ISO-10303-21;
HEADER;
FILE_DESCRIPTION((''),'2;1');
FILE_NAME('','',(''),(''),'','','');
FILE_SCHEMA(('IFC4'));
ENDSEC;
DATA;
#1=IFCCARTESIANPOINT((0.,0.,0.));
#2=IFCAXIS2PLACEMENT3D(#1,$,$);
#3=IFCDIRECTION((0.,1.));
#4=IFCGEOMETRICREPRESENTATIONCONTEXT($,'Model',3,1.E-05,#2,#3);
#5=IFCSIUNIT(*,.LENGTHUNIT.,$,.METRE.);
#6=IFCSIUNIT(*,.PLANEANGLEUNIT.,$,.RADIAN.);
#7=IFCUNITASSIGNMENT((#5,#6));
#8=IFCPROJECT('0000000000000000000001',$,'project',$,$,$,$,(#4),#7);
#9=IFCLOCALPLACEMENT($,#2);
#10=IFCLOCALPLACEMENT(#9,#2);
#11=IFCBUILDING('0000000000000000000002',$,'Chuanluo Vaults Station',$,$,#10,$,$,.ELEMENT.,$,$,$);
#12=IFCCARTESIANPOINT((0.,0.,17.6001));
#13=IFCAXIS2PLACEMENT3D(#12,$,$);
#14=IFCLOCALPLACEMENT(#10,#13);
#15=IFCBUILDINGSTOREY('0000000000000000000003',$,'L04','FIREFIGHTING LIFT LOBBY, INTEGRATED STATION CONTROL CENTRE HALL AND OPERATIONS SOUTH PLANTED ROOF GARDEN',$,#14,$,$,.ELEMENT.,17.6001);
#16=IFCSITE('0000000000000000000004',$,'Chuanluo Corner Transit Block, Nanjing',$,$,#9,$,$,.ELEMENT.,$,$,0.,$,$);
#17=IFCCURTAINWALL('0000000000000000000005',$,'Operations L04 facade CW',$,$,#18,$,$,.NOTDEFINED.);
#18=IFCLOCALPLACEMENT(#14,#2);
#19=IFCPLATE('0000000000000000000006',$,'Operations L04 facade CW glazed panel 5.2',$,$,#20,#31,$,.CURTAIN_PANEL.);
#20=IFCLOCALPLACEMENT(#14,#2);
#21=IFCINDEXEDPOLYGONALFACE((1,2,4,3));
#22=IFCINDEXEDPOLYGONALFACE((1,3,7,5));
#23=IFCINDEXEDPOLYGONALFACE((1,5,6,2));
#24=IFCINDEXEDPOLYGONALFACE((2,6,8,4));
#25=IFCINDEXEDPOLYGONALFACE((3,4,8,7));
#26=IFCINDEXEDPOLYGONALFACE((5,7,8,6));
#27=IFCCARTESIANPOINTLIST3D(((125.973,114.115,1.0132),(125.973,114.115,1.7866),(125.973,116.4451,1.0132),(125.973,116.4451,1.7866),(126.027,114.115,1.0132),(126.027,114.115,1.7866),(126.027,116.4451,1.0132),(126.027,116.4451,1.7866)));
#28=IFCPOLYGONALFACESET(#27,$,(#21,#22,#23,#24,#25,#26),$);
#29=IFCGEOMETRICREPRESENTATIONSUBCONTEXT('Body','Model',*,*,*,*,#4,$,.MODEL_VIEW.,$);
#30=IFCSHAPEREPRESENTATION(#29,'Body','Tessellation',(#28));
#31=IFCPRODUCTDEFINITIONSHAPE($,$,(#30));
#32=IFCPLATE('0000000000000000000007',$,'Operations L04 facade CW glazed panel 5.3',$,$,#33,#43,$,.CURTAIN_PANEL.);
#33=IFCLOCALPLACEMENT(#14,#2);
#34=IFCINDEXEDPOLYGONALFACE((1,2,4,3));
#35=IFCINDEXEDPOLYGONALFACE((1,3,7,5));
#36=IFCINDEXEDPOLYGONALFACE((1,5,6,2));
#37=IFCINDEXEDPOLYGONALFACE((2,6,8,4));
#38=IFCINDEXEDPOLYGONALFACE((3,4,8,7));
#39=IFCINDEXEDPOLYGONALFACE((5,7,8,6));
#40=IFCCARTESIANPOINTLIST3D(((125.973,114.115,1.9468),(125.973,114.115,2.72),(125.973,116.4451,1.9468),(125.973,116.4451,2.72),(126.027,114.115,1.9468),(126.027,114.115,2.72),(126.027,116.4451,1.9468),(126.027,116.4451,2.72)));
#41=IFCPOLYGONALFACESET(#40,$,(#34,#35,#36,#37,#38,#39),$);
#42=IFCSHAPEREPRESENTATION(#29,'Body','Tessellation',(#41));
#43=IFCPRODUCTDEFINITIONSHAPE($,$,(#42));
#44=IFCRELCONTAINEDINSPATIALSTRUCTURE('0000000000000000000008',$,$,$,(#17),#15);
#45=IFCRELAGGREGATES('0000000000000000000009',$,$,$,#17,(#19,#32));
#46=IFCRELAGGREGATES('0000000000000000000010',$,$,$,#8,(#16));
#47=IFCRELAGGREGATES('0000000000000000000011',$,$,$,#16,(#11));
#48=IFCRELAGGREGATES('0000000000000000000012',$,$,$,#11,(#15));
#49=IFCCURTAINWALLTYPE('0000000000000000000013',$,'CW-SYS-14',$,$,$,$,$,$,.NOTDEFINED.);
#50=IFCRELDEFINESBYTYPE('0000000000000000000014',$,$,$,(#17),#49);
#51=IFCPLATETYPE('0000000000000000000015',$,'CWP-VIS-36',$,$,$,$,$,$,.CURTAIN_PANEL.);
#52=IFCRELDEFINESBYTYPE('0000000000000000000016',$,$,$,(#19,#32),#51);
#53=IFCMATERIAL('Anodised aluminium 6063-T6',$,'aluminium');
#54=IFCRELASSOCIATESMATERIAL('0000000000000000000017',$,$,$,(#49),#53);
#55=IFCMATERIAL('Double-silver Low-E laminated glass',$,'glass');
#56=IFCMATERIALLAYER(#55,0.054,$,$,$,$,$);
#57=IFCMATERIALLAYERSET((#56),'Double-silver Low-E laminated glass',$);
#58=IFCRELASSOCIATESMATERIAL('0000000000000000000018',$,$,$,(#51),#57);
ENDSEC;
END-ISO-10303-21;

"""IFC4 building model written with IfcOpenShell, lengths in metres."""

from ifc_helpers import new_model, si_unit, direction, frame, origin, origin_2d, place, context, subcontext, project, spatial, rectangle, extrude, material, layer, layer_set, type_object, element, aggregate, save


model = new_model("IFC4")

# Units and contexts
model_context = context("Model", 3, precision=1e-05, world=origin(), true_north=direction((0.0, 1.0)))
body_context = subcontext(model_context, "Body", "Model", "MODEL_VIEW")
ifc_project = project(units=[si_unit("LENGTHUNIT", "METRE"), si_unit("PLANEANGLEUNIT", "RADIAN")], contexts=[model_context])

# Site, building, storey
site_placement = place(None, origin())
site = spatial("IfcSite", under=ifc_project, at=site_placement, Name="Chuanluo Corner Transit Block, Nanjing", CompositionType="ELEMENT", RefElevation=0.0)
building_placement = place(site_placement, origin())
building = spatial("IfcBuilding", under=site, at=building_placement, Name="Chuanluo Vaults Station", CompositionType="ELEMENT")
storey_placement = place(building_placement, frame((0.0, 0.0, 17.6001)))
storey = spatial("IfcBuildingStorey", under=building, at=storey_placement, Name="L04", Description="FIREFIGHTING LIFT LOBBY, INTEGRATED STATION CONTROL CENTRE HALL AND OPERATIONS SOUTH PLANTED ROOF GARDEN", CompositionType="ELEMENT", Elevation=17.6001)

# Curtain wall
ifc_material_1 = material(Name="Anodised aluminium 6063-T6", Category="aluminium")
curtain_wall_type_1 = type_object("IfcCurtainWallType", Name="CW-SYS-14", PredefinedType="NOTDEFINED", material=ifc_material_1)
curtain_wall_1_placement = place(storey_placement, origin())
curtain_wall_1 = element("IfcCurtainWall", 1, at=curtain_wall_1_placement, inside=storey, type_object=curtain_wall_type_1, Name="Operations L04 facade CW", PredefinedType="NOTDEFINED")

# Plates
ifc_material_2 = material(Name="Double-silver Low-E laminated glass", Category="glass")
ifc_layer_1 = layer(ifc_material_2, 0.054)
ifc_layer_set_1 = layer_set([ifc_layer_1], Name="Double-silver Low-E laminated glass")
plate_type_1 = type_object("IfcPlateType", Name="CWP-VIS-36", PredefinedType="CURTAIN_PANEL", material=ifc_layer_set_1)
plate_1_placement = place(storey_placement, frame((126.0, 115.28, 1.0132), z_axis=(0.0, 0.0, 1.0), x_axis=(0.0, 1.0, 0.0)))
plate_1 = element("IfcPlate", 2, at=plate_1_placement, type_object=plate_type_1, Name="Operations L04 facade CW glazed panel 5.2", PredefinedType="CURTAIN_PANEL", context=body_context, shape_type="SweptSolid", body=[
    extrude(rectangle(XDim=2.3301, YDim=0.054, at=origin_2d()), origin(), (0.0, 0.0, 1.0), 0.7734),
])
plate_2_placement = place(storey_placement, frame((126.0, 115.28, 1.9468), z_axis=(0.0, 0.0, 1.0), x_axis=(0.0, 1.0, 0.0)))
plate_2 = element("IfcPlate", 3, at=plate_2_placement, type_object=plate_type_1, Name="Operations L04 facade CW glazed panel 5.3", PredefinedType="CURTAIN_PANEL", context=body_context, shape_type="SweptSolid", body=[
    extrude(rectangle(XDim=2.3301, YDim=0.054, at=origin_2d()), origin(), (0.0, 0.0, 1.0), 0.7732),
])
aggregate(curtain_wall_1, [plate_1, plate_2])

save(model, "model.ifc")
